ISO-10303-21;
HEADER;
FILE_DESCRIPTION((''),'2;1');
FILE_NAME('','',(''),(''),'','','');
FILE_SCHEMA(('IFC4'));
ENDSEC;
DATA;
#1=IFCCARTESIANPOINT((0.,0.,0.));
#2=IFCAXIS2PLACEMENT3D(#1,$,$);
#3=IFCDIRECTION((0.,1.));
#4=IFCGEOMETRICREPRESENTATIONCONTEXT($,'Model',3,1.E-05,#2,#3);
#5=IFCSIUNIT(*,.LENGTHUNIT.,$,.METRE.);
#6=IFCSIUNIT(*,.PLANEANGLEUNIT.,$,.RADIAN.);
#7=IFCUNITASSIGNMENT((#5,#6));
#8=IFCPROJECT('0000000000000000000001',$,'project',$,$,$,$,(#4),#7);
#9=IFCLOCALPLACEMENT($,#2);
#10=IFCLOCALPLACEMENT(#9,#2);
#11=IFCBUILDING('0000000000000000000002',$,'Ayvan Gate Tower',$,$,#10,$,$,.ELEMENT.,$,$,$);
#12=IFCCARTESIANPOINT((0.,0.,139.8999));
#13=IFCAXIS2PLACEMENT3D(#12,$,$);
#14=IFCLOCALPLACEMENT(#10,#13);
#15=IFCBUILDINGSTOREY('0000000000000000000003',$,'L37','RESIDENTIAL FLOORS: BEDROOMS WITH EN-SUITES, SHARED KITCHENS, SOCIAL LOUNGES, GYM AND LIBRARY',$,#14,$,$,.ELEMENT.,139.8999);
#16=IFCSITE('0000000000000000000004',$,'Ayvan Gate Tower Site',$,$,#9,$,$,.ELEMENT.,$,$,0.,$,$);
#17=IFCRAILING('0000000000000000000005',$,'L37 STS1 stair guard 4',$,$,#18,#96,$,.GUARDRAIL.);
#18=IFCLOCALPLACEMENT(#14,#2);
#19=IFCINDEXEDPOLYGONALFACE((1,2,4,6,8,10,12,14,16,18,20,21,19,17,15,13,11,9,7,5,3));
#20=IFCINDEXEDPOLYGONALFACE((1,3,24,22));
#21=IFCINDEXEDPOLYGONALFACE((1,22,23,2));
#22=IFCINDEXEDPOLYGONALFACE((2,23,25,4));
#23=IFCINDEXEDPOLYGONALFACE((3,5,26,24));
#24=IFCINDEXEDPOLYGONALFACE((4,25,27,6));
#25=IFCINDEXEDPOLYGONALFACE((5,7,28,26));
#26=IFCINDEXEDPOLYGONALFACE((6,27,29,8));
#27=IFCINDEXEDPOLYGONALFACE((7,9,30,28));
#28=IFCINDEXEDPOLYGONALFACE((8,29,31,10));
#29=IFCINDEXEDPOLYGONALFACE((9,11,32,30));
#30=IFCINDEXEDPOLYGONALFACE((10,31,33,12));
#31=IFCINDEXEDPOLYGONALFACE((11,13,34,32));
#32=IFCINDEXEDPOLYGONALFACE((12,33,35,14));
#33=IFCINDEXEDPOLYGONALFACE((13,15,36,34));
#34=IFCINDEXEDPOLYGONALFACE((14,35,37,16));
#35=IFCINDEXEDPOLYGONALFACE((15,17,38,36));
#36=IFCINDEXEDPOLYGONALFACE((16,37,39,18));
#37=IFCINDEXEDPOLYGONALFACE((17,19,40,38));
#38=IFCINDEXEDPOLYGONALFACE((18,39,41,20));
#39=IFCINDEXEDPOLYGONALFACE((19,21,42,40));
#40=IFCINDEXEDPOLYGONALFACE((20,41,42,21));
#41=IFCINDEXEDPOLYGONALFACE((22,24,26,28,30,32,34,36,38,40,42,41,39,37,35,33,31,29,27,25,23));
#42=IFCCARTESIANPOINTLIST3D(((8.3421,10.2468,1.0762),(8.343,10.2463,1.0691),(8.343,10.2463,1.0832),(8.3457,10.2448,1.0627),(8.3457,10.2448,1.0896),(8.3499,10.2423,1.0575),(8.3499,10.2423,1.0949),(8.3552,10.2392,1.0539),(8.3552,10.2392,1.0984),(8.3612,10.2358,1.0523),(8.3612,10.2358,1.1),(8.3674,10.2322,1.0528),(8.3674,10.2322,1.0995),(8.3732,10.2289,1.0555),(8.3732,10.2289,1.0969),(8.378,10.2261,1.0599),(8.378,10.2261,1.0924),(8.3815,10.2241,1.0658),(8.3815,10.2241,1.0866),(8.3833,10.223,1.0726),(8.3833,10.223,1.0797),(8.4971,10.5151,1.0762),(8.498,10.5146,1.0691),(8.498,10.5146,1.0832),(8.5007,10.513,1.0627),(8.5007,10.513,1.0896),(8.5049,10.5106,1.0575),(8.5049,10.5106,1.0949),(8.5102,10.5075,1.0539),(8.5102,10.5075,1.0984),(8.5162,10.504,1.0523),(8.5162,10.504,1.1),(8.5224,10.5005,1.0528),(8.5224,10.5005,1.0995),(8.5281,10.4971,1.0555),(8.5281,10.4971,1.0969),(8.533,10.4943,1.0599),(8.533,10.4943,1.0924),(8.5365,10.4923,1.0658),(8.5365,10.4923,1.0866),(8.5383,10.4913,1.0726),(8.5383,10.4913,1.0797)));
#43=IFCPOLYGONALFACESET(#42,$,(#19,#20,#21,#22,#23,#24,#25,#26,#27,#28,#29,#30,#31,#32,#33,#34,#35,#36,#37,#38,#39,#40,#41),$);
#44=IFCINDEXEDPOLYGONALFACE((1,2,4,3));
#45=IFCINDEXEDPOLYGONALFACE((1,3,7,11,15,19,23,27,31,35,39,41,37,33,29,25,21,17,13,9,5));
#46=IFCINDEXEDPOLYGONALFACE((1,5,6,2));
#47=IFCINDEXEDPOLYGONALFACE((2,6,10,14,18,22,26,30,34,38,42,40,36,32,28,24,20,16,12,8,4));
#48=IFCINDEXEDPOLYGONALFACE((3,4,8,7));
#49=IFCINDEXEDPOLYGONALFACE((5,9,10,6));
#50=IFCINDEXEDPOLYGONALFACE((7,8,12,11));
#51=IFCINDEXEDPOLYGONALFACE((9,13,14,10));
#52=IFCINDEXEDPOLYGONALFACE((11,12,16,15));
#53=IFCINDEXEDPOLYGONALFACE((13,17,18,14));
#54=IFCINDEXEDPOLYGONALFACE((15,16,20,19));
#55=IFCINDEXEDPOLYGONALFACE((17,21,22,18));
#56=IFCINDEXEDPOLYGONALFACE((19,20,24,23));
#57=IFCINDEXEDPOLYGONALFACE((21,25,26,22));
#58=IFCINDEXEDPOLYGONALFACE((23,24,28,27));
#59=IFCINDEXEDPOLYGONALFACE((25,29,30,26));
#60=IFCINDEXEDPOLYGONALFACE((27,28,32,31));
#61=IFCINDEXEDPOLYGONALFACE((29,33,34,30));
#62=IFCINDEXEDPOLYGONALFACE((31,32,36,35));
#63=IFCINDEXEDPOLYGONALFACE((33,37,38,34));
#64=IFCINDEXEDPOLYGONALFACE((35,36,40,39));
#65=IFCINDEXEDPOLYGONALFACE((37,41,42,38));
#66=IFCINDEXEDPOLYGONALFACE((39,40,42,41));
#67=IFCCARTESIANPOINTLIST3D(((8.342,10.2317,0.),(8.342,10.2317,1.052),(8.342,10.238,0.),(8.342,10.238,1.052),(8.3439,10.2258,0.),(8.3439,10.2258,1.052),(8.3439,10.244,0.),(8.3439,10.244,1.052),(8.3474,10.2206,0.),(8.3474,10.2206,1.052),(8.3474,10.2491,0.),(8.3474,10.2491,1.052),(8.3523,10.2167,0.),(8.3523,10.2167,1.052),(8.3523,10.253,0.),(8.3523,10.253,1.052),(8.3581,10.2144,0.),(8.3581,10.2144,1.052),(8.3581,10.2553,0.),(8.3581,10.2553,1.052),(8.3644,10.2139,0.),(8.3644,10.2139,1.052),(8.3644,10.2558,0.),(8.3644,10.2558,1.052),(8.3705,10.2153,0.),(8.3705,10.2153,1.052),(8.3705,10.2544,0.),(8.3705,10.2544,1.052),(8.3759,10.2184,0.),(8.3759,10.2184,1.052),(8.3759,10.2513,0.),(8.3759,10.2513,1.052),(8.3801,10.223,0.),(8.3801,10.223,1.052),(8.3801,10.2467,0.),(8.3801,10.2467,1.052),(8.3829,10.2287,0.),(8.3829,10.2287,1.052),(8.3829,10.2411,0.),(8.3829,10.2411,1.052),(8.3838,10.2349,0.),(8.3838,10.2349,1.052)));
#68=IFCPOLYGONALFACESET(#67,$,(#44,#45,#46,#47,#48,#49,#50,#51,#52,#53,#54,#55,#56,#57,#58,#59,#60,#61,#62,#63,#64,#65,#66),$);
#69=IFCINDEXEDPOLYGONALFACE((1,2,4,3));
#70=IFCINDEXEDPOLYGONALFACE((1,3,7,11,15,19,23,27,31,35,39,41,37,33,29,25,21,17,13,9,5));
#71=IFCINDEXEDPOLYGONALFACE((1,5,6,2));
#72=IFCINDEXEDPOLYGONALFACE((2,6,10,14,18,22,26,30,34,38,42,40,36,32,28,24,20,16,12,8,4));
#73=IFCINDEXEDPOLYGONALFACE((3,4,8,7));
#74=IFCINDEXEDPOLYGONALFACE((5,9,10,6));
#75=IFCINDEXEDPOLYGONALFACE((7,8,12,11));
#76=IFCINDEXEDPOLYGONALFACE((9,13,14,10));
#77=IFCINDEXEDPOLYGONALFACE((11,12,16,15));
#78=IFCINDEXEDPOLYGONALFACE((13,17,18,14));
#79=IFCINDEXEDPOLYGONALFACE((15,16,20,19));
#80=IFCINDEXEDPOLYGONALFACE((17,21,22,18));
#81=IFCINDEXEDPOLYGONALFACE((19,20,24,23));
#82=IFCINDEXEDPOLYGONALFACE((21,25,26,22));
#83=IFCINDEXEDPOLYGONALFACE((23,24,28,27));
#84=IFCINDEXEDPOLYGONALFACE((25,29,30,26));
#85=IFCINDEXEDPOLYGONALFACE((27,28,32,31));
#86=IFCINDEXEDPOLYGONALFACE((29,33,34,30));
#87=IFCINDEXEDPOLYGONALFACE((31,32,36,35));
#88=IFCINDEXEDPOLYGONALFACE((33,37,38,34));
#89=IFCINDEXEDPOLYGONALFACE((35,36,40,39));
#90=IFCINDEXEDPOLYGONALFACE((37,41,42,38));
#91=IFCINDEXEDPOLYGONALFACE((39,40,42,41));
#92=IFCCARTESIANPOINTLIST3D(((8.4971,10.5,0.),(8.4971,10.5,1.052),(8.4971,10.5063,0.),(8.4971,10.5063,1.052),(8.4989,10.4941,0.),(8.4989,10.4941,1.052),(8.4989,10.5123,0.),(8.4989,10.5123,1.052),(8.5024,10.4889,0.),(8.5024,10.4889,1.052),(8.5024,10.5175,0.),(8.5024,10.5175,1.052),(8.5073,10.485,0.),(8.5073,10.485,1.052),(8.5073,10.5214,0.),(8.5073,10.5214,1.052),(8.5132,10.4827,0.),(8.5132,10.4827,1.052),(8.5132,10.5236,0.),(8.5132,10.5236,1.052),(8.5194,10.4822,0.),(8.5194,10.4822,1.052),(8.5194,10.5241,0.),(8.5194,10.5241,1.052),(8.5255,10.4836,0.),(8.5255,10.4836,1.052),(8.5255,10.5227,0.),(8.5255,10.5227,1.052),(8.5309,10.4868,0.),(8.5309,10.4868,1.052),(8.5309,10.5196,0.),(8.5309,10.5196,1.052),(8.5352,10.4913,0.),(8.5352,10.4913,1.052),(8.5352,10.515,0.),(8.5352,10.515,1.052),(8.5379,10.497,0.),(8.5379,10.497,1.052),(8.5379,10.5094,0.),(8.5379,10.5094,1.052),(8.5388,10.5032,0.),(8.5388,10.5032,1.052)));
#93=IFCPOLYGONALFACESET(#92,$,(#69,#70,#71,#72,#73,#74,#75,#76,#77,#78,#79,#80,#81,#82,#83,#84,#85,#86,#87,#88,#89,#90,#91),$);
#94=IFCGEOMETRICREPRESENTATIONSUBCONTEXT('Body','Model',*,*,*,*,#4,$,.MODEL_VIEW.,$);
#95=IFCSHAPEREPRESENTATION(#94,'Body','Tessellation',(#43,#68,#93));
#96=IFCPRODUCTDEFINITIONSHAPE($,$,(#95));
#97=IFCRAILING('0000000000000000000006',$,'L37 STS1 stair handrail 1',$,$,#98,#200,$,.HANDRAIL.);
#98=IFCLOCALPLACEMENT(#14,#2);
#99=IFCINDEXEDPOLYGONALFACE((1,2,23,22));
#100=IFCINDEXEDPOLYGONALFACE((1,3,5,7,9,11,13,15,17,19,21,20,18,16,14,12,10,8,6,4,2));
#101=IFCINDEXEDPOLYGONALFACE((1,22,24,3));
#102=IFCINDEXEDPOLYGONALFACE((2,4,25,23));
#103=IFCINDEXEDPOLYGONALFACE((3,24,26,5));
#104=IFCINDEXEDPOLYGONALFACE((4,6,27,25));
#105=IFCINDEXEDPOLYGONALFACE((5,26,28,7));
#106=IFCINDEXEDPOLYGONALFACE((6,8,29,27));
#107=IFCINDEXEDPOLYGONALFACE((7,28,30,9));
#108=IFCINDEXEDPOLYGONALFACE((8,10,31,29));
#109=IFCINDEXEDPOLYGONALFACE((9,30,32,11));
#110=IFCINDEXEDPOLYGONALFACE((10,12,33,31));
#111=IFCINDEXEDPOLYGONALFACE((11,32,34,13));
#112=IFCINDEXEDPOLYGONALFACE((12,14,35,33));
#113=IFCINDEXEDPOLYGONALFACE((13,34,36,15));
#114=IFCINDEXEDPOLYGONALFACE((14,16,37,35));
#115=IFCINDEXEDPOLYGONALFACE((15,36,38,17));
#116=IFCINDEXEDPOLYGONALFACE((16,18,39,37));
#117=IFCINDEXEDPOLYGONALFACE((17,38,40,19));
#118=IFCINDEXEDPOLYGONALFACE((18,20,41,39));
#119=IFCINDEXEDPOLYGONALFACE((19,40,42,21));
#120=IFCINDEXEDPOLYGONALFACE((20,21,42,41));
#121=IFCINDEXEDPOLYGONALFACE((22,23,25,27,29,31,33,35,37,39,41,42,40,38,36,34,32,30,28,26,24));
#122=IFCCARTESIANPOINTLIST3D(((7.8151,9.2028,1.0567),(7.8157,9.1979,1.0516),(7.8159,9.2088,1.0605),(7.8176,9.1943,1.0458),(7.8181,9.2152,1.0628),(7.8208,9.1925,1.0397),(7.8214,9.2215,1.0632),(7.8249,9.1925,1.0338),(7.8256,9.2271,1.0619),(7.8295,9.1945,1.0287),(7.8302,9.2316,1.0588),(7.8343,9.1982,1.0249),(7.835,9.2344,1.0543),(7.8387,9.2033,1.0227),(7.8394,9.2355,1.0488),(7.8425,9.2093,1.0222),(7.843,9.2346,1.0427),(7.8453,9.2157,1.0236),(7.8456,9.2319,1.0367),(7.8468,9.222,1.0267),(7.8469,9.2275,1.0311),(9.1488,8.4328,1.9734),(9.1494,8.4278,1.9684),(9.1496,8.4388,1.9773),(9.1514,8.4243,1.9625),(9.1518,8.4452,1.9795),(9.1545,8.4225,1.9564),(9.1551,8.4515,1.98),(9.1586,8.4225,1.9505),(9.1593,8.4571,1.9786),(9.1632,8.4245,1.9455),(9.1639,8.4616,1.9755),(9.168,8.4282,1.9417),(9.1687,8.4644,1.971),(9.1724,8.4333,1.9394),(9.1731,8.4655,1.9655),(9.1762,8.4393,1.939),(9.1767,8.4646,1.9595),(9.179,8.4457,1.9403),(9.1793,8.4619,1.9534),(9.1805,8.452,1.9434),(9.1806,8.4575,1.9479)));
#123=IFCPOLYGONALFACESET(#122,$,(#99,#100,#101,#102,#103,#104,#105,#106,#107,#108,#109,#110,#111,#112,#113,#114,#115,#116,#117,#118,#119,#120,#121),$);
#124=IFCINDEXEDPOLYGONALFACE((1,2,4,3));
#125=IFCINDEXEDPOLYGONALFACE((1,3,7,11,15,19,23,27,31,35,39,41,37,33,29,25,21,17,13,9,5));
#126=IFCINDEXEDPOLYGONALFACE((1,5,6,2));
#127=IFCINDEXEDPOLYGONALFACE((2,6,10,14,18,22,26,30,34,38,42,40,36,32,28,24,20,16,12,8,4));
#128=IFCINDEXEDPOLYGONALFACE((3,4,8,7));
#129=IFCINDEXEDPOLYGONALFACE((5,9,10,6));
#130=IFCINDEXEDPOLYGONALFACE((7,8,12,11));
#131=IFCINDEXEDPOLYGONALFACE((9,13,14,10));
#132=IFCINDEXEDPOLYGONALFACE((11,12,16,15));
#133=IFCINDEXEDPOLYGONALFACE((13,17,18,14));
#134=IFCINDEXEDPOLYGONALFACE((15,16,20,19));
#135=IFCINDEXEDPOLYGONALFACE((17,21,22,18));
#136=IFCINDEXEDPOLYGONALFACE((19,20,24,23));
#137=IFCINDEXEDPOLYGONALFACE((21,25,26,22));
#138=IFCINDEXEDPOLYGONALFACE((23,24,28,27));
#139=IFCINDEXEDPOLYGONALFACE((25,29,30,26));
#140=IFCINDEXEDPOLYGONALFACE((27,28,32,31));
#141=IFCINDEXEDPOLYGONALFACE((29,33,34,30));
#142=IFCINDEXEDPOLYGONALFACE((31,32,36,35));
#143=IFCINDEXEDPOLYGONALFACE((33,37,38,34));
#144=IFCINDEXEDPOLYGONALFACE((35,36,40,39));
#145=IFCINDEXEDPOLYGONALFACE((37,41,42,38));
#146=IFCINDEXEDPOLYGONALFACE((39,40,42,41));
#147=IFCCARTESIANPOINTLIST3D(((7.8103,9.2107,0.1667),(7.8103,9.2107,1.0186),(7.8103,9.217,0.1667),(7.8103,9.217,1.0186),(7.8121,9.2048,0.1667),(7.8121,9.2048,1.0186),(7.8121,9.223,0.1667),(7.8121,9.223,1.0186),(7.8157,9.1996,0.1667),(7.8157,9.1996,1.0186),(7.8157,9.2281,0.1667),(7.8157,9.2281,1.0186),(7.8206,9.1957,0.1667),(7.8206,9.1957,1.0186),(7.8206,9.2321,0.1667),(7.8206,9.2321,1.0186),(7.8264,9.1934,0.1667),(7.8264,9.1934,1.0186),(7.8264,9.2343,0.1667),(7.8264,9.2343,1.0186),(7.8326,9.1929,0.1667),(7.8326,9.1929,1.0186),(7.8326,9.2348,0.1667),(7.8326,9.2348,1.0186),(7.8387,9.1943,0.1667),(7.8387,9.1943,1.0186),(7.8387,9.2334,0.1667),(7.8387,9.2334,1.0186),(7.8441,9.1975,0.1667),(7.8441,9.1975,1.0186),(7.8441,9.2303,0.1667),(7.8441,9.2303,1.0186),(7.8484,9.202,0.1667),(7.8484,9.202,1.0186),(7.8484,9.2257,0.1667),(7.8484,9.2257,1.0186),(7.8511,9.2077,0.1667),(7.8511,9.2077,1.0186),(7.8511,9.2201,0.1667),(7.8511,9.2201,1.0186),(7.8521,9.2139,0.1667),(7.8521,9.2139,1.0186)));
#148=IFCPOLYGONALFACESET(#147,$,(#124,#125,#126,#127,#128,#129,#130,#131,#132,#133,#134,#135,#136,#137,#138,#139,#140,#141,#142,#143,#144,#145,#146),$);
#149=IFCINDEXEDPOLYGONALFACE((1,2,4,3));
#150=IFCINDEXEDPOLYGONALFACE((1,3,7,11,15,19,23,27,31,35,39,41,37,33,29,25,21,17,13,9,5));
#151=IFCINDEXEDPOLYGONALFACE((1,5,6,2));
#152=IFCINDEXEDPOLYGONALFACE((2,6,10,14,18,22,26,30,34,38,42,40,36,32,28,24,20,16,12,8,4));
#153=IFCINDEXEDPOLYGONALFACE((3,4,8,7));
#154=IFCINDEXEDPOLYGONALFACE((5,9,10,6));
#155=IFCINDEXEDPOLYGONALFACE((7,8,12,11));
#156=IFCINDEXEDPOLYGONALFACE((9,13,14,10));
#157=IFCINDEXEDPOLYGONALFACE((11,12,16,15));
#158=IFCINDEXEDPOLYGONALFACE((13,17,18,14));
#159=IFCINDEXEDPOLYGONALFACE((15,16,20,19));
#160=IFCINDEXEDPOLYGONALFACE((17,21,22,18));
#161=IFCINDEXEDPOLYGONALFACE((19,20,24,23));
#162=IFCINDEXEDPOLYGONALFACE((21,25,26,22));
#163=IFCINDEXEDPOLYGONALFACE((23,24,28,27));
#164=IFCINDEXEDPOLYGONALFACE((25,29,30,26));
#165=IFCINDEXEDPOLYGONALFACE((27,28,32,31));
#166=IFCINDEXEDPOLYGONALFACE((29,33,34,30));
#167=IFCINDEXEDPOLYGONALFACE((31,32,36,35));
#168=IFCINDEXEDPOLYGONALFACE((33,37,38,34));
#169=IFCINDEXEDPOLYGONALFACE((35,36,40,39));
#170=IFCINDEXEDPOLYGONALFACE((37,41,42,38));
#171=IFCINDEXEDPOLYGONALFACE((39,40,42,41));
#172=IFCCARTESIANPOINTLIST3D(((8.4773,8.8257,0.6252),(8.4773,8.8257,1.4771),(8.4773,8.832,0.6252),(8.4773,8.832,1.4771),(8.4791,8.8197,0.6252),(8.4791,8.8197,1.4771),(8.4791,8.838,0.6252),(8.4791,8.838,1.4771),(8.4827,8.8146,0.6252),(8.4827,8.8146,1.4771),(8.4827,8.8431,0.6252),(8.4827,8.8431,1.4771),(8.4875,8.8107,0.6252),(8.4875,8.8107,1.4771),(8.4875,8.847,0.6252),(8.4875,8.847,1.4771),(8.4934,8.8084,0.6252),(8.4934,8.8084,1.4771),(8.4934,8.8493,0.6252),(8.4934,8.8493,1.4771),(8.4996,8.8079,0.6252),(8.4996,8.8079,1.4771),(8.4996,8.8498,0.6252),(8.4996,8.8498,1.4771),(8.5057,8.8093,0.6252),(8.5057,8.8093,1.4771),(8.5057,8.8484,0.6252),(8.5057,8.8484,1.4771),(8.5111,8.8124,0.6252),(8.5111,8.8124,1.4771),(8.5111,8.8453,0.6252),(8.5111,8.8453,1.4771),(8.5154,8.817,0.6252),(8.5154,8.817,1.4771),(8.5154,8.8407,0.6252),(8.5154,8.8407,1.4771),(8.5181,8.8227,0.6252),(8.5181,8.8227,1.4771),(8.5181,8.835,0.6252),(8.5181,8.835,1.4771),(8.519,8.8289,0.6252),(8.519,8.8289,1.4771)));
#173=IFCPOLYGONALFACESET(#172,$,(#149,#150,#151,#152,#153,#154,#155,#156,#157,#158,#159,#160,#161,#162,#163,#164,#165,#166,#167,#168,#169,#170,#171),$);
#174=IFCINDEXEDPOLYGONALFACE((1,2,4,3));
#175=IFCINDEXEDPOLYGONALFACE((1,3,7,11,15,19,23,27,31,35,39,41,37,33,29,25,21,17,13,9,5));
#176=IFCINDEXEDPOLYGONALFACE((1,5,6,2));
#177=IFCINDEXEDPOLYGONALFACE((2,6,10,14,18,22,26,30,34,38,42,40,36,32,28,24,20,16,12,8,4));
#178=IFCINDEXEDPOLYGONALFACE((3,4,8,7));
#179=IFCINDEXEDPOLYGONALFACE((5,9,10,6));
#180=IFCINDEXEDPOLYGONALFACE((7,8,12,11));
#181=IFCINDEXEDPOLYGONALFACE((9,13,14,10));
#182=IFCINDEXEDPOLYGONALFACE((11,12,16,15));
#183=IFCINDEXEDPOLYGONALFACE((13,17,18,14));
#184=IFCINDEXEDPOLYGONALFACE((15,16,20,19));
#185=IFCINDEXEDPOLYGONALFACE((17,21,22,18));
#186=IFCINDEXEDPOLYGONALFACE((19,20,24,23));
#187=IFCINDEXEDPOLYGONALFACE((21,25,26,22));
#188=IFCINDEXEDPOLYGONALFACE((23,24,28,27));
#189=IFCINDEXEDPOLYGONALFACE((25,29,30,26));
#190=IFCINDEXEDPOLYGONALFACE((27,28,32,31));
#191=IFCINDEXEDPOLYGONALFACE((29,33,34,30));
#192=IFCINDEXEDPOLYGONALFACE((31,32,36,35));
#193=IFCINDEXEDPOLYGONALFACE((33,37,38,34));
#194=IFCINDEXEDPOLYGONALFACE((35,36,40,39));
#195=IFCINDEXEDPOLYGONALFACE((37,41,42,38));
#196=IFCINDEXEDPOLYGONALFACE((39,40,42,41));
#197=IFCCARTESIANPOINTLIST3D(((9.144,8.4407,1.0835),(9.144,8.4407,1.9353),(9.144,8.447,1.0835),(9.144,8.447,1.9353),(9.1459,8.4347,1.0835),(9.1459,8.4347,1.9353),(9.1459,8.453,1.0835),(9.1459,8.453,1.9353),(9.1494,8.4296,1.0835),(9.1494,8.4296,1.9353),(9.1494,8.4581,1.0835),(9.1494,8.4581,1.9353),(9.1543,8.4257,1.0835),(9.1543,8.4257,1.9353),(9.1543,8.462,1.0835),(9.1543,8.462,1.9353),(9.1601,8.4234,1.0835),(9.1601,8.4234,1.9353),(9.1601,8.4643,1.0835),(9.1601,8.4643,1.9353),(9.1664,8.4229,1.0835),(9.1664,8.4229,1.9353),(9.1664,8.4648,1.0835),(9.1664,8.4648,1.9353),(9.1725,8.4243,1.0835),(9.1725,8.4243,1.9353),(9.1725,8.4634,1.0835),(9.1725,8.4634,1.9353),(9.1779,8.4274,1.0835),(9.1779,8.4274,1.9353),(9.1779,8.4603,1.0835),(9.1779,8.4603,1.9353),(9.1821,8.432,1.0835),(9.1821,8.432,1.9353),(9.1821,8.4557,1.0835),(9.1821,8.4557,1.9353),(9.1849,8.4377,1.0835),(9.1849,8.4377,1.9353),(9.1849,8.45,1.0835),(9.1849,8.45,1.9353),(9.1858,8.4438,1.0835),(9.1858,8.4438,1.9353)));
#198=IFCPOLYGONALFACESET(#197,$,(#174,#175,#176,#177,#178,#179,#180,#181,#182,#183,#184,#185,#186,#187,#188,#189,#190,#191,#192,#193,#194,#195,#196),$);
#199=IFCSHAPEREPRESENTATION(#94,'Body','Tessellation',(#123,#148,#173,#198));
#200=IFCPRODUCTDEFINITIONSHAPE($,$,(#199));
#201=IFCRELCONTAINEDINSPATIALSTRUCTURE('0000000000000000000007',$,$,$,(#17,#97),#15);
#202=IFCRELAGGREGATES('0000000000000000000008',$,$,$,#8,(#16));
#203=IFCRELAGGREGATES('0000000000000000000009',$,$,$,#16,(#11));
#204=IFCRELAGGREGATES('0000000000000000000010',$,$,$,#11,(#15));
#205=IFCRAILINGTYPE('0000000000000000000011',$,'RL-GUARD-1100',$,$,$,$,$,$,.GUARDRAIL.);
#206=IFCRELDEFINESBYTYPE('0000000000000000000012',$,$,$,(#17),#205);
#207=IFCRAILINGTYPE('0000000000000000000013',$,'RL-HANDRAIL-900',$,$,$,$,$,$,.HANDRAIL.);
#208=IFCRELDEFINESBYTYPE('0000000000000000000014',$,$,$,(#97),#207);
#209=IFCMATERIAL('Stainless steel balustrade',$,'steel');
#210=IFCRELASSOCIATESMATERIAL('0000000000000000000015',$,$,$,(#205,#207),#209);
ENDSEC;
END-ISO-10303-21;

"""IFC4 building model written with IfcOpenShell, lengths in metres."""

from ifc_helpers import new_model, si_unit, direction, frame, origin, origin_2d, place, context, subcontext, project, spatial, circle, extrude, material, type_object, element, save


model = new_model("IFC4")

# Units and contexts
model_context = context("Model", 3, precision=1e-05, world=origin(), true_north=direction((0.0, 1.0)))
body_context = subcontext(model_context, "Body", "Model", "MODEL_VIEW")
ifc_project = project(units=[si_unit("LENGTHUNIT", "METRE"), si_unit("PLANEANGLEUNIT", "RADIAN")], contexts=[model_context])

# Site, building, storey
site_placement = place(None, origin())
site = spatial("IfcSite", under=ifc_project, at=site_placement, Name="Ayvan Gate Tower Site", CompositionType="ELEMENT", RefElevation=0.0)
building_placement = place(site_placement, origin())
building = spatial("IfcBuilding", under=site, at=building_placement, Name="Ayvan Gate Tower", CompositionType="ELEMENT")
storey_placement = place(building_placement, frame((0.0, 0.0, 139.8999)))
storey = spatial("IfcBuildingStorey", under=building, at=storey_placement, Name="L37", Description="RESIDENTIAL FLOORS: BEDROOMS WITH EN-SUITES, SHARED KITCHENS, SOCIAL LOUNGES, GYM AND LIBRARY", CompositionType="ELEMENT", Elevation=139.8999)

# Railings
ifc_material_1 = material(Name="Stainless steel balustrade", Category="steel")
railing_type_1 = type_object("IfcRailingType", Name="RL-GUARD-1100", PredefinedType="GUARDRAIL", material=ifc_material_1)
railing_1_placement = place(storey_placement, frame((8.3628, 10.2349, 0.0)))
element("IfcRailing", 1, at=railing_1_placement, inside=storey, type_object=railing_type_1, Name="L37 STS1 stair guard 4", PredefinedType="GUARDRAIL", context=body_context, shape_type="SweptSolid", body=[
    extrude(circle(Radius=0.0239, at=origin_2d()), frame((0.0, 0.0, 1.0762), z_axis=(0.500291, 0.865857, 0.0), x_axis=(-0.865857, 0.500291, 0.0)), (0.0, 0.0, 1.0), 0.3098),
    extrude(circle(Radius=0.021, at=origin_2d()), origin(), (0.0, 0.0, 1.0), 1.052),
    extrude(circle(Radius=0.021, at=origin_2d()), frame((0.155, 0.2683, 0.0)), (0.0, 0.0, 1.0), 1.052),
])
railing_type_2 = type_object("IfcRailingType", Name="RL-HANDRAIL-900", PredefinedType="HANDRAIL", material=ifc_material_1)
railing_2_placement = place(storey_placement, frame((7.8311, 9.2139, 0.1667)))
element("IfcRailing", 2, at=railing_2_placement, inside=storey, type_object=railing_type_2, Name="L37 STS1 stair handrail 1", PredefinedType="HANDRAIL", context=body_context, shape_type="SweptSolid", body=[
    extrude(circle(Radius=0.0239, at=origin_2d()), frame((0.0, 0.0, 0.876), z_axis=(0.744164, -0.429634, 0.511502), x_axis=(0.499992, 0.86603, 0.0)), (0.0, 0.0, 1.0), 1.7922),
    extrude(circle(Radius=0.021, at=origin_2d()), origin(), (0.0, 0.0, 1.0), 0.8518),
    extrude(circle(Radius=0.021, at=origin_2d()), frame((0.667, -0.385, 0.4585)), (0.0, 0.0, 1.0), 0.8518),
    extrude(circle(Radius=0.021, at=origin_2d()), frame((1.3337, -0.77, 0.9167)), (0.0, 0.0, 1.0), 0.8518),
])

save(model, "model.ifc")
